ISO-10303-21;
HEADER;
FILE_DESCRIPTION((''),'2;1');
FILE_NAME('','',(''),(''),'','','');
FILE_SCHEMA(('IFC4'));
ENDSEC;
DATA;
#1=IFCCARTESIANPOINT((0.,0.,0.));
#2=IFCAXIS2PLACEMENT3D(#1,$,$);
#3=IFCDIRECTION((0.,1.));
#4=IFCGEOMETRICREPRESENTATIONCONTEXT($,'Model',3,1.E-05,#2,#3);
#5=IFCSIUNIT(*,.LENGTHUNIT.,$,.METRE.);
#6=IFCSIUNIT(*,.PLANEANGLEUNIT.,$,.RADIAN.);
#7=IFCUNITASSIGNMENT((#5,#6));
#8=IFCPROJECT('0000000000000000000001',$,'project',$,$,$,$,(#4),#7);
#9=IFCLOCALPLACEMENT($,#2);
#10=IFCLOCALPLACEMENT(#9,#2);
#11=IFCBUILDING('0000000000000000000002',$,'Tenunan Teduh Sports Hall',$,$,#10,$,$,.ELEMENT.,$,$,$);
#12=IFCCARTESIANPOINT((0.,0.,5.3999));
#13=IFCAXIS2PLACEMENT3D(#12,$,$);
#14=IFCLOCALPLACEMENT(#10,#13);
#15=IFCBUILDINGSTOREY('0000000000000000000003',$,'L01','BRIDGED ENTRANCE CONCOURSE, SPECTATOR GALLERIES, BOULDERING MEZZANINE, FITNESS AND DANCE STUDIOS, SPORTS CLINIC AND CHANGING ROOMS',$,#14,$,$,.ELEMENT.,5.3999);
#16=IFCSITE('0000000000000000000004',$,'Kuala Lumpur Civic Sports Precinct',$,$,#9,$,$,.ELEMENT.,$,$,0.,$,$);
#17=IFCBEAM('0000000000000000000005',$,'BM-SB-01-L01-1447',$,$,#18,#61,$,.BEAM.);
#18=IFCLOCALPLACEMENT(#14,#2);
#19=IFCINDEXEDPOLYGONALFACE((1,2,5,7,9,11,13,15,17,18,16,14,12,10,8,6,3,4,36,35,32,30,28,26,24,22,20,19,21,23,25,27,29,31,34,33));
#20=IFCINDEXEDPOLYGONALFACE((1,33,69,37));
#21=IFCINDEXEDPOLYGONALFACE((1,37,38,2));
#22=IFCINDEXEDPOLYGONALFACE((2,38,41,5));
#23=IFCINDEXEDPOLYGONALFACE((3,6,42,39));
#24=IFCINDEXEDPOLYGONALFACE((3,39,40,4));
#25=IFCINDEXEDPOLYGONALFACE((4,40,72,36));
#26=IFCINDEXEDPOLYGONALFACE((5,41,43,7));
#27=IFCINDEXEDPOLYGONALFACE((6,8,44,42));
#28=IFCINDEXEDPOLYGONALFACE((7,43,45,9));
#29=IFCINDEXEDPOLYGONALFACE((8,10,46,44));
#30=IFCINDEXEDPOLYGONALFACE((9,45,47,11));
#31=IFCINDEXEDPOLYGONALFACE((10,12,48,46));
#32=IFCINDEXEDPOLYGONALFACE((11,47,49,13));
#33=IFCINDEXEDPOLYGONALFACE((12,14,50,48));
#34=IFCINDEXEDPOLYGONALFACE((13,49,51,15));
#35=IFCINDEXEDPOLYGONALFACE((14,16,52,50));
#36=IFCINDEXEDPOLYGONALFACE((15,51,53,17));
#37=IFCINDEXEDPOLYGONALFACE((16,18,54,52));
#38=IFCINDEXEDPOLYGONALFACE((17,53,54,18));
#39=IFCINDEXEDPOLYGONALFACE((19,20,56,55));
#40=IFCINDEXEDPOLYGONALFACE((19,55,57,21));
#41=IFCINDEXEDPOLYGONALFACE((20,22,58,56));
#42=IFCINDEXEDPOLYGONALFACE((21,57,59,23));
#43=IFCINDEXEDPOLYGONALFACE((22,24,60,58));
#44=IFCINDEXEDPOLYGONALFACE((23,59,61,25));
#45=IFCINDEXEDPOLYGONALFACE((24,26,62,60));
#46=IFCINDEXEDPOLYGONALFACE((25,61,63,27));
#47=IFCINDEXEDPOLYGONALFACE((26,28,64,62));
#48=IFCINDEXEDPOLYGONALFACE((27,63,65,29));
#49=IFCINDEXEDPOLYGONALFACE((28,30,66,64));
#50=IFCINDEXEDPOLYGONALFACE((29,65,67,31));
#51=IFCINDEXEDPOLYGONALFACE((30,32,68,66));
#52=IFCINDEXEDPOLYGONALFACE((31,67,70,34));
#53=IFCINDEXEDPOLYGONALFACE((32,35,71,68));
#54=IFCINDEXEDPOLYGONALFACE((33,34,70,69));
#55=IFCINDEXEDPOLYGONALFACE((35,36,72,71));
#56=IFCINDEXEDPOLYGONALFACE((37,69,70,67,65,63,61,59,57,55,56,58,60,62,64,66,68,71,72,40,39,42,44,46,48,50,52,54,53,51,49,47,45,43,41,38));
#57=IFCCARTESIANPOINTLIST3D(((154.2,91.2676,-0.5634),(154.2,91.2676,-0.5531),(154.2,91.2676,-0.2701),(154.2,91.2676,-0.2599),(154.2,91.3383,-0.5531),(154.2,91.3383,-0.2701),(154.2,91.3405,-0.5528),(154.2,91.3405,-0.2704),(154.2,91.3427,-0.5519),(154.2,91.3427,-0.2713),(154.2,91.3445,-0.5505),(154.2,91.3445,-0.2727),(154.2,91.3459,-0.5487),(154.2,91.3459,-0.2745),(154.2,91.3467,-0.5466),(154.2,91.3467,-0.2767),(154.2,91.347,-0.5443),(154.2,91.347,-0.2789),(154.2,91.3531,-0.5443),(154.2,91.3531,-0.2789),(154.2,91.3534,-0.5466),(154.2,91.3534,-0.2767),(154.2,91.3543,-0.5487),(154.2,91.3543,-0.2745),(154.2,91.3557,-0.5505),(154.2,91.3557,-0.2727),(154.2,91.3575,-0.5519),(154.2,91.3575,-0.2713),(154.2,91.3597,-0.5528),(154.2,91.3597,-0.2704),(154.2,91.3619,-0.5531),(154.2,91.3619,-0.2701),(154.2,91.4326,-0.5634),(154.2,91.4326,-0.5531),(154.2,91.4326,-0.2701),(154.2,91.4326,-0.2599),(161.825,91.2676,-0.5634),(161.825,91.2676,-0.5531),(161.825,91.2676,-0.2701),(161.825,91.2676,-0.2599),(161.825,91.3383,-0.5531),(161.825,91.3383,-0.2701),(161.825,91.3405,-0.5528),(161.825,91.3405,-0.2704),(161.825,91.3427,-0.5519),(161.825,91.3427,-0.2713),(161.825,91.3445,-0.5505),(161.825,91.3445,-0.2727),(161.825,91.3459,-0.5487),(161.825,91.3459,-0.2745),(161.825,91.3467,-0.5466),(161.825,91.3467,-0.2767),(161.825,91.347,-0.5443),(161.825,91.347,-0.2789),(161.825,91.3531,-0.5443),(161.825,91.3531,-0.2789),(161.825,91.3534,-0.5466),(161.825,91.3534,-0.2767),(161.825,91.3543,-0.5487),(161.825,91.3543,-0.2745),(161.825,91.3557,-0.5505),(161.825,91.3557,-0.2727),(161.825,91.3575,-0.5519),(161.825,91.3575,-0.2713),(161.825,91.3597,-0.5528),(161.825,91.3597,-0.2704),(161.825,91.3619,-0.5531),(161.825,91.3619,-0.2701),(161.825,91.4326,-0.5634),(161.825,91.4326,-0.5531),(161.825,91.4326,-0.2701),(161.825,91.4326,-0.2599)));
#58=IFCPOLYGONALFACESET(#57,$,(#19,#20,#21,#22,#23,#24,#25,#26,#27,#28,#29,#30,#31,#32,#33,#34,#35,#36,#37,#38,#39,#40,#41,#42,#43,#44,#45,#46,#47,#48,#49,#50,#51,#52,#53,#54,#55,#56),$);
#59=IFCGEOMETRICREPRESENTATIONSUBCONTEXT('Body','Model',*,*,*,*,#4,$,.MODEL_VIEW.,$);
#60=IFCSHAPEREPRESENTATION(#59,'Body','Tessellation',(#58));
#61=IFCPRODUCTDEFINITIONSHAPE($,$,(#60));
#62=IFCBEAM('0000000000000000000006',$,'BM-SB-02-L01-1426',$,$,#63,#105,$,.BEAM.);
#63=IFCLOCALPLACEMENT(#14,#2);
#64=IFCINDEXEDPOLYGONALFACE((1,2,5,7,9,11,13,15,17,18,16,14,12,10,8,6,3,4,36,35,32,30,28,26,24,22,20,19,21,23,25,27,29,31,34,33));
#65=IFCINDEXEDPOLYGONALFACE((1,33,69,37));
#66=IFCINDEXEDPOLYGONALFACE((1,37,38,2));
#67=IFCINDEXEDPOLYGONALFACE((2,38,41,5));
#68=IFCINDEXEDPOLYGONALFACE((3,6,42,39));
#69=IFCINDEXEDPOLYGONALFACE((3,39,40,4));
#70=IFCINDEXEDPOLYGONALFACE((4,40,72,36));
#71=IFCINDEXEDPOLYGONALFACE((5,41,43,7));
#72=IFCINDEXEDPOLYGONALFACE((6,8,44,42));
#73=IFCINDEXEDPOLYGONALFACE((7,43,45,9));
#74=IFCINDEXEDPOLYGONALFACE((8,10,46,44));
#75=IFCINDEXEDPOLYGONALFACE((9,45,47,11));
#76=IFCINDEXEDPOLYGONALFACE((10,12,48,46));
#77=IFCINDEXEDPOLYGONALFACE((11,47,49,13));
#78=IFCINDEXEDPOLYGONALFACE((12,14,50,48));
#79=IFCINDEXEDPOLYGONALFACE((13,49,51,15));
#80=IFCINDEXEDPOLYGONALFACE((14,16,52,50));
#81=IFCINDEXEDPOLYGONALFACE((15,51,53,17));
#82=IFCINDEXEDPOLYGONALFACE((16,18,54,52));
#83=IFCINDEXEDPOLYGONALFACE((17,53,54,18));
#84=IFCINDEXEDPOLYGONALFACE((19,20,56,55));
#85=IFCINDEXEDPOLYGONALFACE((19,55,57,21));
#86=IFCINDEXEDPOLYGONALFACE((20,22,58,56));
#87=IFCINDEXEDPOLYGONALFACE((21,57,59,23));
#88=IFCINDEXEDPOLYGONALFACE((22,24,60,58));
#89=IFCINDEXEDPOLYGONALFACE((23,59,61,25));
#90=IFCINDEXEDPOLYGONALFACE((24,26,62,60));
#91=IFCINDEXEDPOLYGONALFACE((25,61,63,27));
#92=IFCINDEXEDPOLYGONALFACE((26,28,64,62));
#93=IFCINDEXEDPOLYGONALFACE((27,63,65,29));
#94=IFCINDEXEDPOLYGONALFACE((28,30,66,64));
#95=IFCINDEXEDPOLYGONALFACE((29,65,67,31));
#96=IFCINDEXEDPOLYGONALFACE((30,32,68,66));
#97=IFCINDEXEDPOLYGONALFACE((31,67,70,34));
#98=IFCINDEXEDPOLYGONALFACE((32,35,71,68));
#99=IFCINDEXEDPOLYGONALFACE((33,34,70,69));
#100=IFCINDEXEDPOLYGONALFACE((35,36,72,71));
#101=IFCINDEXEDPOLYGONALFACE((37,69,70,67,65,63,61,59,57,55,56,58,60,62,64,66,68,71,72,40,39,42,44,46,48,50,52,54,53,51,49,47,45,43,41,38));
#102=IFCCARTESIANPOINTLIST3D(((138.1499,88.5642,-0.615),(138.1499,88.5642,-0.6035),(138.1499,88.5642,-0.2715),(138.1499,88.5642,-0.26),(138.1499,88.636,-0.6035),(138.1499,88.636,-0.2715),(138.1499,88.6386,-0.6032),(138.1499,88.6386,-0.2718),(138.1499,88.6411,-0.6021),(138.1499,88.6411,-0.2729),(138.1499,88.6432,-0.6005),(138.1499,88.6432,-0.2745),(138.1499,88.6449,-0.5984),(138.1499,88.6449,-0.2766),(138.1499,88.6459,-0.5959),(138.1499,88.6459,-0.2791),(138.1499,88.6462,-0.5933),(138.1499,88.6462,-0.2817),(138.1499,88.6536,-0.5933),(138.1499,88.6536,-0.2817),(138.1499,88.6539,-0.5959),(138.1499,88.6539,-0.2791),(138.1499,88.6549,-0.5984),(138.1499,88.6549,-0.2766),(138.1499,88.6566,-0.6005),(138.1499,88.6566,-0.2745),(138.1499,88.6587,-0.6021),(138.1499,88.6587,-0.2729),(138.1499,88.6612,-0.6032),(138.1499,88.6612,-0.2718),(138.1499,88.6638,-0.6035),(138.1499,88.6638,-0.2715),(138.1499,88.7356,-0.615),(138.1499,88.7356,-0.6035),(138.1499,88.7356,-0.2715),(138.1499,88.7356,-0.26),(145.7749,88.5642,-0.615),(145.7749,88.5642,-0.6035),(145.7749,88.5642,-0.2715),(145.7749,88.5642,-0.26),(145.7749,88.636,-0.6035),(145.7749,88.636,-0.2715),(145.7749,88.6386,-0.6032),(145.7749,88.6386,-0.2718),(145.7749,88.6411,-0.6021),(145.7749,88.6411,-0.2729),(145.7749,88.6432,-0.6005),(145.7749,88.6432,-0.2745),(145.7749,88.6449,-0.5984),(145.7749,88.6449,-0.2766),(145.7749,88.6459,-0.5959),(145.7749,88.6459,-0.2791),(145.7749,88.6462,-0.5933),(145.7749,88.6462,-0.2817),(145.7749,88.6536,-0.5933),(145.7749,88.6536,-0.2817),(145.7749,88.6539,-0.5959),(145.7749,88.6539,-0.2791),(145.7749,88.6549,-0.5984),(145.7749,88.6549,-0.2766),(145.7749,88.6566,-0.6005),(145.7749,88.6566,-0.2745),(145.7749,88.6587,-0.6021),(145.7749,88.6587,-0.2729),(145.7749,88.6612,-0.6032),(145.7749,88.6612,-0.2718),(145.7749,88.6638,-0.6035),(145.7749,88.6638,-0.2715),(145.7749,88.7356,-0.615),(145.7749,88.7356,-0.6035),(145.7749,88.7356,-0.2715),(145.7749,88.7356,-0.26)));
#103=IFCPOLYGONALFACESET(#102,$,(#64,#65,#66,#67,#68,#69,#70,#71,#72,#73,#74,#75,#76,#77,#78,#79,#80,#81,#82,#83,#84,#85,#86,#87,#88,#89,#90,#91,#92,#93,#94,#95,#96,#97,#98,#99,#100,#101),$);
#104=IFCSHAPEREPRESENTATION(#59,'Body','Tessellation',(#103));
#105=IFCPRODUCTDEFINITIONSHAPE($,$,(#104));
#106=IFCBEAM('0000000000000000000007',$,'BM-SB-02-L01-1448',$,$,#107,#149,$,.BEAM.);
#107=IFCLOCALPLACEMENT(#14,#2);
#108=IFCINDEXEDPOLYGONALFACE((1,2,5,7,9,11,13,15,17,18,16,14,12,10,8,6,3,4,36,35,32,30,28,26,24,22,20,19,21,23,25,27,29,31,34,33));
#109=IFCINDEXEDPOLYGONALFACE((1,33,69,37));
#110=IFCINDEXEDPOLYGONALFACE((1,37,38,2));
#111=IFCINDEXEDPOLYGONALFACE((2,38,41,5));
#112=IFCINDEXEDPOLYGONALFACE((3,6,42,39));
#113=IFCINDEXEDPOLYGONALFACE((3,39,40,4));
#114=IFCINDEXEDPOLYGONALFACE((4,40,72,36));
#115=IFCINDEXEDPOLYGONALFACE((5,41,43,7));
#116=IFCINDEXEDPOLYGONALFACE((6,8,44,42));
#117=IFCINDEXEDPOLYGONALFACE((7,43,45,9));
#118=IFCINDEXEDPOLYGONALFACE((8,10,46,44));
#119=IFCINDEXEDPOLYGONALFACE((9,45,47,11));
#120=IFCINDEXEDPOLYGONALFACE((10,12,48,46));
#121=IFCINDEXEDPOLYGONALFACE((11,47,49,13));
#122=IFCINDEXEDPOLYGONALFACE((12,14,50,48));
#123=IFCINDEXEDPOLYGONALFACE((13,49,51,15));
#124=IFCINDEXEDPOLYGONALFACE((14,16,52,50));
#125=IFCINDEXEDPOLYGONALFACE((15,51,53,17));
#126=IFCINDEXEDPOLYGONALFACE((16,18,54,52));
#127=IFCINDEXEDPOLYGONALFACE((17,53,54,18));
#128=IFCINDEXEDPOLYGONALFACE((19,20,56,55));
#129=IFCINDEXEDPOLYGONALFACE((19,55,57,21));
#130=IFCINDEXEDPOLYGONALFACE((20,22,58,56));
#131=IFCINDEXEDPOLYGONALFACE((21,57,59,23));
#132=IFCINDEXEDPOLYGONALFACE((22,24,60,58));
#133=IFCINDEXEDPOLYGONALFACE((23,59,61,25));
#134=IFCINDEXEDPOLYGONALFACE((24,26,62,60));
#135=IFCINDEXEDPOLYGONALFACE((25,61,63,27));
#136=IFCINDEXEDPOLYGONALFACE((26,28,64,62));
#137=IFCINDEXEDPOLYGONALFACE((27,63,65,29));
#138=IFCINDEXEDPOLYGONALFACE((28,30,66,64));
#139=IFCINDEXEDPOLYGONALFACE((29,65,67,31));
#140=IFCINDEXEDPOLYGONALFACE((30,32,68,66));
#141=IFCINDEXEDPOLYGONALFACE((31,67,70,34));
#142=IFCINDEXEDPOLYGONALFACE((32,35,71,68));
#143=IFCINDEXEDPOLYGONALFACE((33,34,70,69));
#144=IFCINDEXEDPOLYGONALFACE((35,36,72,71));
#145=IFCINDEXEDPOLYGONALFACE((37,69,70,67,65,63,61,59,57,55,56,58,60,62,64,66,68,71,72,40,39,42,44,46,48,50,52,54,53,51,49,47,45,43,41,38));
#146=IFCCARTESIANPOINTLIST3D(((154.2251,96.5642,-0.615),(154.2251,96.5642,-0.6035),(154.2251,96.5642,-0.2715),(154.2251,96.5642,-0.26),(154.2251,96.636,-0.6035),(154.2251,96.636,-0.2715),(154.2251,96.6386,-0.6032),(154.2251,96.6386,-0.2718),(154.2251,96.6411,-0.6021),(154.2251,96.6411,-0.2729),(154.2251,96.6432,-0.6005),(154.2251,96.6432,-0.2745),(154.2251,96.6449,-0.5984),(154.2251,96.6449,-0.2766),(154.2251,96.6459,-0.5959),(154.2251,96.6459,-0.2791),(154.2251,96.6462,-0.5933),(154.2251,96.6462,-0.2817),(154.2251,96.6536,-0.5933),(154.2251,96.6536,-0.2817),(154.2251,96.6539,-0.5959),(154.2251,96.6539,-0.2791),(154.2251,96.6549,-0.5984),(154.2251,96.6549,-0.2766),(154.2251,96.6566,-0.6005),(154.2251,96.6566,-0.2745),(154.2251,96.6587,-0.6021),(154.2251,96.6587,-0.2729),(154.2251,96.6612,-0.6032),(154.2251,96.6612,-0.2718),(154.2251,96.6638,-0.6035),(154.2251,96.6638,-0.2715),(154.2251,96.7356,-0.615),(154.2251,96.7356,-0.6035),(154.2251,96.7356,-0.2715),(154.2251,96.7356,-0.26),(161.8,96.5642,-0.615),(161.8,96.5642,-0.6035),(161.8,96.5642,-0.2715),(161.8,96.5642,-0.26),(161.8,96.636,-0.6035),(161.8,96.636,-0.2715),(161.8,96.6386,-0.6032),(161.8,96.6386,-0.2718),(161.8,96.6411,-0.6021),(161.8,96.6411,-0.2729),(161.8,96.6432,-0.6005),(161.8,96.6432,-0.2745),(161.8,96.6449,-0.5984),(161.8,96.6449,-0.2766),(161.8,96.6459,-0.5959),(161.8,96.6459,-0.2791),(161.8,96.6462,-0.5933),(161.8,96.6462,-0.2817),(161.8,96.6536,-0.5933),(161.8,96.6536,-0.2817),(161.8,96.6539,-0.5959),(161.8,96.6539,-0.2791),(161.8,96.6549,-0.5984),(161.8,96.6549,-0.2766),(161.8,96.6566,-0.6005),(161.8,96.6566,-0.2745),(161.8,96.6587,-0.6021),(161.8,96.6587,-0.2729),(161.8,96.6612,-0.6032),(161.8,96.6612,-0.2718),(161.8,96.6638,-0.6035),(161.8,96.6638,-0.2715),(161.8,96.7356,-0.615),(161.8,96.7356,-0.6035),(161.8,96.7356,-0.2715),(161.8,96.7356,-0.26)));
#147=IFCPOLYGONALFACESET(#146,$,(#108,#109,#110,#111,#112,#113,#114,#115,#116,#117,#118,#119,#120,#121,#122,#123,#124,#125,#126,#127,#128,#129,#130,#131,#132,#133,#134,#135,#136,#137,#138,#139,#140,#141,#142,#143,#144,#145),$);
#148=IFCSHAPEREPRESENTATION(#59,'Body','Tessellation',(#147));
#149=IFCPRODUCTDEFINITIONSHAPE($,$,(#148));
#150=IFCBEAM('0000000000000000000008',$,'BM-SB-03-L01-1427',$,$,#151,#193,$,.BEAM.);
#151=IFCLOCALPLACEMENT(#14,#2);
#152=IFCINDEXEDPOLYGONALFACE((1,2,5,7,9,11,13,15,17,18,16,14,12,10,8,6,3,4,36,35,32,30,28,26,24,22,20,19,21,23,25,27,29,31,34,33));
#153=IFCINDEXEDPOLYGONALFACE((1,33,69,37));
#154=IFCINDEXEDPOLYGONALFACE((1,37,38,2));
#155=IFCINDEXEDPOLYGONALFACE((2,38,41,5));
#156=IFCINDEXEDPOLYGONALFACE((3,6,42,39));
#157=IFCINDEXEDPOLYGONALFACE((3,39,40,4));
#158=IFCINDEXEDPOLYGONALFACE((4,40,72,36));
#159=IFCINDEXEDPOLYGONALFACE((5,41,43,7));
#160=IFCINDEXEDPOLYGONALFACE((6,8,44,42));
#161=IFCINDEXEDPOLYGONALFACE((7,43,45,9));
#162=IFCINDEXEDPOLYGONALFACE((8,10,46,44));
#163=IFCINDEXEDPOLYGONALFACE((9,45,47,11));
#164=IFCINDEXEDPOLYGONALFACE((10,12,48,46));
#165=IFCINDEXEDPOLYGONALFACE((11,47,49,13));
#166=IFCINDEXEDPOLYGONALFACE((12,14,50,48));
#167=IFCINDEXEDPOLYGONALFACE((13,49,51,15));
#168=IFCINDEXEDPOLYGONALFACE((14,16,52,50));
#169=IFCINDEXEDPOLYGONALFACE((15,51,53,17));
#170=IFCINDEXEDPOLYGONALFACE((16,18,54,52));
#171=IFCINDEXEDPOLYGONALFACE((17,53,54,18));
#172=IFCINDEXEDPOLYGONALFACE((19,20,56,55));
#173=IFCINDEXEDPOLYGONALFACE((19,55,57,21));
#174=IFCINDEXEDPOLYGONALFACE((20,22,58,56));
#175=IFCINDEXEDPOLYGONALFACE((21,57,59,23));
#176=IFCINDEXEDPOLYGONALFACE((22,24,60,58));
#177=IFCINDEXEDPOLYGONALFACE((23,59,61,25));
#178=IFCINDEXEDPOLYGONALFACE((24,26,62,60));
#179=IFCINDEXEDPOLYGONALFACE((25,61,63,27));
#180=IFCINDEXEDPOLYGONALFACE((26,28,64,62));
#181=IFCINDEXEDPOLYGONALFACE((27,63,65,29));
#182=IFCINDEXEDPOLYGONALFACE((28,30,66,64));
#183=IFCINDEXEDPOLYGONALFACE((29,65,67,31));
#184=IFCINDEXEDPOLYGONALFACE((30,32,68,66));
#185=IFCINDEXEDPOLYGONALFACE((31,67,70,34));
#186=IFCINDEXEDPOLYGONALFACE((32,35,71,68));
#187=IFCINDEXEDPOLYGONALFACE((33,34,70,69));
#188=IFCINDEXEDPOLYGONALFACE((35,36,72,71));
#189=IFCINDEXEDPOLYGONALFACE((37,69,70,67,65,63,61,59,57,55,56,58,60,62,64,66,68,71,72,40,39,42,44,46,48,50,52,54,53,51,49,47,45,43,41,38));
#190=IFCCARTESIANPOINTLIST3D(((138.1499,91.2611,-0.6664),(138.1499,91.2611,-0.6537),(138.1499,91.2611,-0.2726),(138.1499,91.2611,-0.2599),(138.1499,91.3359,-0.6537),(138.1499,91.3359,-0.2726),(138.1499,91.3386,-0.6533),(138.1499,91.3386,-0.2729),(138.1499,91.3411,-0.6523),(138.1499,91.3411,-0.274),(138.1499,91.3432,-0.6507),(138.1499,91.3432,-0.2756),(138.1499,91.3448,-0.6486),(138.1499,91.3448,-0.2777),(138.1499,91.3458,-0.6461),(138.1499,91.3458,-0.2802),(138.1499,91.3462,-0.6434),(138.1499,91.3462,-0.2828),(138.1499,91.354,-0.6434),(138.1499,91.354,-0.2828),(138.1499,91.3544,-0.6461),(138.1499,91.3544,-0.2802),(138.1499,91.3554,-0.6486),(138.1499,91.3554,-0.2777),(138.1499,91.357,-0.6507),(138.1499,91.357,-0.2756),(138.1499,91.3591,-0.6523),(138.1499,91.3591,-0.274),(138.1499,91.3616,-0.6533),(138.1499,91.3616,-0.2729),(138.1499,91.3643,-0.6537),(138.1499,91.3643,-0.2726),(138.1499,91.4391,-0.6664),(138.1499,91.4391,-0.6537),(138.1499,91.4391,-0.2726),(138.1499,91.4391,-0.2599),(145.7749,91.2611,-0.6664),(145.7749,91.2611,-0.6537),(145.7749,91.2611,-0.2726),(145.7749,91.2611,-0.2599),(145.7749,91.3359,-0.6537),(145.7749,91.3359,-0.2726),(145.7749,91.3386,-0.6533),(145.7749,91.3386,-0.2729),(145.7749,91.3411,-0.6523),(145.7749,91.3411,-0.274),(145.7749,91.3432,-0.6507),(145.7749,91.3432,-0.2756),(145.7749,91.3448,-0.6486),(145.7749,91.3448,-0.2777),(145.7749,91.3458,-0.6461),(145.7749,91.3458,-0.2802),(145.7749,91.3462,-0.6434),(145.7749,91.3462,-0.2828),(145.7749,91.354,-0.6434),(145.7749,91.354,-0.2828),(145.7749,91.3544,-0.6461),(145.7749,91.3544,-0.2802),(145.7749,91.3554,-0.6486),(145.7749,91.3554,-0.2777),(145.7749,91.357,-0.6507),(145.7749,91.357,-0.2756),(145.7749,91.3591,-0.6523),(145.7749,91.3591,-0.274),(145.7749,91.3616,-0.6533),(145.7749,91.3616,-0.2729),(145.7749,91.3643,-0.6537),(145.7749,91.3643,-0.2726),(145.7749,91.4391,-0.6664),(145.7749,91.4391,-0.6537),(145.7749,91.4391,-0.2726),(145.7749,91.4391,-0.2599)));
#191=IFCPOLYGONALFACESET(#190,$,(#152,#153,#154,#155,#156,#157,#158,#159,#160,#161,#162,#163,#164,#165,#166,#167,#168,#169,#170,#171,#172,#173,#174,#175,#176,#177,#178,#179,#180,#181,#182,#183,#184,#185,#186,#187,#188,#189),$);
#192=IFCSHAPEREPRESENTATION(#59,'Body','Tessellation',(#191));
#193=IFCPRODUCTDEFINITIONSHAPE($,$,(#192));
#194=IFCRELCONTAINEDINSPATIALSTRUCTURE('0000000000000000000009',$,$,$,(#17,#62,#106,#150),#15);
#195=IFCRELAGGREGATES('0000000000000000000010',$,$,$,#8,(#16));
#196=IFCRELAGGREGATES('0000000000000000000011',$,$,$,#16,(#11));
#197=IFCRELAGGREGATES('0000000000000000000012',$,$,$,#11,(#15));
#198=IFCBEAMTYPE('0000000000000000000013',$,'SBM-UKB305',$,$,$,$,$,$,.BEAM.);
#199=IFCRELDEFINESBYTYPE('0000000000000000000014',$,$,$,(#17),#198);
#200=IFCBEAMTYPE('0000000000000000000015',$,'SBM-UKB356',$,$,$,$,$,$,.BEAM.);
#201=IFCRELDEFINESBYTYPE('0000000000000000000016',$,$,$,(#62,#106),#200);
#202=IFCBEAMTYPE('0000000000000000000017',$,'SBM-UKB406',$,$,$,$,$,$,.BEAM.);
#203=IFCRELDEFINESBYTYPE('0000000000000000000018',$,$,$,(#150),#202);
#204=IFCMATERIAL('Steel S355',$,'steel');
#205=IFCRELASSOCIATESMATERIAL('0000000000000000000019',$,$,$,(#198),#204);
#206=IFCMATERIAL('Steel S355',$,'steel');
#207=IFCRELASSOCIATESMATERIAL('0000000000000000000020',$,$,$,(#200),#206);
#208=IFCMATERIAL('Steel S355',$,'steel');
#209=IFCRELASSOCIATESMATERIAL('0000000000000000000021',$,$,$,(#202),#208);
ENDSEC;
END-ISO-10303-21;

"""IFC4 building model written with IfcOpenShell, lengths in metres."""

from ifc_helpers import new_model, si_unit, direction, frame, origin, origin_2d, place, context, subcontext, project, spatial, i_section, extrude, material, material_profile, profile_set, type_object, element, save


model = new_model("IFC4")

# Units and contexts
model_context = context("Model", 3, precision=1e-05, world=origin(), true_north=direction((0.0, 1.0)))
body_context = subcontext(model_context, "Body", "Model", "MODEL_VIEW")
ifc_project = project(units=[si_unit("LENGTHUNIT", "METRE"), si_unit("PLANEANGLEUNIT", "RADIAN")], contexts=[model_context])

# Site, building, storey
site_placement = place(None, origin())
site = spatial("IfcSite", under=ifc_project, at=site_placement, Name="Kuala Lumpur Civic Sports Precinct", CompositionType="ELEMENT", RefElevation=0.0)
building_placement = place(site_placement, origin())
building = spatial("IfcBuilding", under=site, at=building_placement, Name="Tenunan Teduh Sports Hall", CompositionType="ELEMENT")
storey_placement = place(building_placement, frame((0.0, 0.0, 5.3999)))
storey = spatial("IfcBuildingStorey", under=building, at=storey_placement, Name="L01", Description="BRIDGED ENTRANCE CONCOURSE, SPECTATOR GALLERIES, BOULDERING MEZZANINE, FITNESS AND DANCE STUDIOS, SPORTS CLINIC AND CHANGING ROOMS", CompositionType="ELEMENT", Elevation=5.3999)

# Beams
ifc_material_1 = material(Name="Steel S355", Category="steel")
ifc_material_profile_1 = material_profile(ifc_material_1, i_section(OverallWidth=0.165, OverallDepth=0.3035, WebThickness=0.0061, FlangeThickness=0.0103, FilletRadius=0.0088, at=origin_2d()), Name="UKB 305x165x40")
ifc_profile_set_1 = profile_set([ifc_material_profile_1], Name="Steel S355")
beam_type_1 = type_object("IfcBeamType", Name="SBM-UKB305", PredefinedType="BEAM", material=ifc_profile_set_1)
beam_1_placement = place(storey_placement, frame((154.2, 91.3501, -0.4116), z_axis=(1.0, 0.0, 0.0), x_axis=(0.0, 1.0, 0.0)))
element("IfcBeam", 1, at=beam_1_placement, inside=storey, type_object=beam_type_1, Name="BM-SB-01-L01-1447", PredefinedType="BEAM", context=body_context, shape_type="SweptSolid", body=[
    extrude(i_section(OverallWidth=0.165, OverallDepth=0.3035, WebThickness=0.0061, FlangeThickness=0.0103, FilletRadius=0.0088, at=origin_2d()), origin(), (0.0, 0.0, 1.0), 7.625),
])
ifc_material_2 = material(Name="Steel S355", Category="steel")
ifc_material_profile_2 = material_profile(ifc_material_2, i_section(OverallWidth=0.1714, OverallDepth=0.355, WebThickness=0.0073, FlangeThickness=0.0115, FilletRadius=0.0103, at=origin_2d()), Name="UKB 356x171x51")
ifc_profile_set_2 = profile_set([ifc_material_profile_2], Name="Steel S355")
beam_type_2 = type_object("IfcBeamType", Name="SBM-UKB356", PredefinedType="BEAM", material=ifc_profile_set_2)
beam_2_placement = place(storey_placement, frame((138.1499, 88.6499, -0.4375), z_axis=(1.0, 0.0, 0.0), x_axis=(0.0, 1.0, 0.0)))
element("IfcBeam", 2, at=beam_2_placement, inside=storey, type_object=beam_type_2, Name="BM-SB-02-L01-1426", PredefinedType="BEAM", context=body_context, shape_type="SweptSolid", body=[
    extrude(i_section(OverallWidth=0.1714, OverallDepth=0.355, WebThickness=0.0073, FlangeThickness=0.0115, FilletRadius=0.0103, at=origin_2d()), origin(), (0.0, 0.0, 1.0), 7.625),
])
beam_3_placement = place(storey_placement, frame((154.2251, 96.6499, -0.4375), z_axis=(1.0, 0.0, 0.0), x_axis=(0.0, 1.0, 0.0)))
element("IfcBeam", 3, at=beam_3_placement, inside=storey, type_object=beam_type_2, Name="BM-SB-02-L01-1448", PredefinedType="BEAM", context=body_context, shape_type="SweptSolid", body=[
    extrude(i_section(OverallWidth=0.1714, OverallDepth=0.355, WebThickness=0.0073, FlangeThickness=0.0115, FilletRadius=0.0103, at=origin_2d()), origin(), (0.0, 0.0, 1.0), 7.575),
])
ifc_material_3 = material(Name="Steel S355", Category="steel")
ifc_material_profile_3 = material_profile(ifc_material_3, i_section(OverallWidth=0.178, OverallDepth=0.4065, WebThickness=0.0078, FlangeThickness=0.0127, FilletRadius=0.0103, at=origin_2d()), Name="UKB 406x178x60")
ifc_profile_set_3 = profile_set([ifc_material_profile_3], Name="Steel S355")
beam_type_3 = type_object("IfcBeamType", Name="SBM-UKB406", PredefinedType="BEAM", material=ifc_profile_set_3)
beam_4_placement = place(storey_placement, frame((138.1499, 91.3501, -0.4631), z_axis=(1.0, 0.0, 0.0), x_axis=(0.0, 1.0, 0.0)))
element("IfcBeam", 4, at=beam_4_placement, inside=storey, type_object=beam_type_3, Name="BM-SB-03-L01-1427", PredefinedType="BEAM", context=body_context, shape_type="SweptSolid", body=[
    extrude(i_section(OverallWidth=0.178, OverallDepth=0.4065, WebThickness=0.0078, FlangeThickness=0.0127, FilletRadius=0.0103, at=origin_2d()), origin(), (0.0, 0.0, 1.0), 7.625),
])

save(model, "model.ifc")
